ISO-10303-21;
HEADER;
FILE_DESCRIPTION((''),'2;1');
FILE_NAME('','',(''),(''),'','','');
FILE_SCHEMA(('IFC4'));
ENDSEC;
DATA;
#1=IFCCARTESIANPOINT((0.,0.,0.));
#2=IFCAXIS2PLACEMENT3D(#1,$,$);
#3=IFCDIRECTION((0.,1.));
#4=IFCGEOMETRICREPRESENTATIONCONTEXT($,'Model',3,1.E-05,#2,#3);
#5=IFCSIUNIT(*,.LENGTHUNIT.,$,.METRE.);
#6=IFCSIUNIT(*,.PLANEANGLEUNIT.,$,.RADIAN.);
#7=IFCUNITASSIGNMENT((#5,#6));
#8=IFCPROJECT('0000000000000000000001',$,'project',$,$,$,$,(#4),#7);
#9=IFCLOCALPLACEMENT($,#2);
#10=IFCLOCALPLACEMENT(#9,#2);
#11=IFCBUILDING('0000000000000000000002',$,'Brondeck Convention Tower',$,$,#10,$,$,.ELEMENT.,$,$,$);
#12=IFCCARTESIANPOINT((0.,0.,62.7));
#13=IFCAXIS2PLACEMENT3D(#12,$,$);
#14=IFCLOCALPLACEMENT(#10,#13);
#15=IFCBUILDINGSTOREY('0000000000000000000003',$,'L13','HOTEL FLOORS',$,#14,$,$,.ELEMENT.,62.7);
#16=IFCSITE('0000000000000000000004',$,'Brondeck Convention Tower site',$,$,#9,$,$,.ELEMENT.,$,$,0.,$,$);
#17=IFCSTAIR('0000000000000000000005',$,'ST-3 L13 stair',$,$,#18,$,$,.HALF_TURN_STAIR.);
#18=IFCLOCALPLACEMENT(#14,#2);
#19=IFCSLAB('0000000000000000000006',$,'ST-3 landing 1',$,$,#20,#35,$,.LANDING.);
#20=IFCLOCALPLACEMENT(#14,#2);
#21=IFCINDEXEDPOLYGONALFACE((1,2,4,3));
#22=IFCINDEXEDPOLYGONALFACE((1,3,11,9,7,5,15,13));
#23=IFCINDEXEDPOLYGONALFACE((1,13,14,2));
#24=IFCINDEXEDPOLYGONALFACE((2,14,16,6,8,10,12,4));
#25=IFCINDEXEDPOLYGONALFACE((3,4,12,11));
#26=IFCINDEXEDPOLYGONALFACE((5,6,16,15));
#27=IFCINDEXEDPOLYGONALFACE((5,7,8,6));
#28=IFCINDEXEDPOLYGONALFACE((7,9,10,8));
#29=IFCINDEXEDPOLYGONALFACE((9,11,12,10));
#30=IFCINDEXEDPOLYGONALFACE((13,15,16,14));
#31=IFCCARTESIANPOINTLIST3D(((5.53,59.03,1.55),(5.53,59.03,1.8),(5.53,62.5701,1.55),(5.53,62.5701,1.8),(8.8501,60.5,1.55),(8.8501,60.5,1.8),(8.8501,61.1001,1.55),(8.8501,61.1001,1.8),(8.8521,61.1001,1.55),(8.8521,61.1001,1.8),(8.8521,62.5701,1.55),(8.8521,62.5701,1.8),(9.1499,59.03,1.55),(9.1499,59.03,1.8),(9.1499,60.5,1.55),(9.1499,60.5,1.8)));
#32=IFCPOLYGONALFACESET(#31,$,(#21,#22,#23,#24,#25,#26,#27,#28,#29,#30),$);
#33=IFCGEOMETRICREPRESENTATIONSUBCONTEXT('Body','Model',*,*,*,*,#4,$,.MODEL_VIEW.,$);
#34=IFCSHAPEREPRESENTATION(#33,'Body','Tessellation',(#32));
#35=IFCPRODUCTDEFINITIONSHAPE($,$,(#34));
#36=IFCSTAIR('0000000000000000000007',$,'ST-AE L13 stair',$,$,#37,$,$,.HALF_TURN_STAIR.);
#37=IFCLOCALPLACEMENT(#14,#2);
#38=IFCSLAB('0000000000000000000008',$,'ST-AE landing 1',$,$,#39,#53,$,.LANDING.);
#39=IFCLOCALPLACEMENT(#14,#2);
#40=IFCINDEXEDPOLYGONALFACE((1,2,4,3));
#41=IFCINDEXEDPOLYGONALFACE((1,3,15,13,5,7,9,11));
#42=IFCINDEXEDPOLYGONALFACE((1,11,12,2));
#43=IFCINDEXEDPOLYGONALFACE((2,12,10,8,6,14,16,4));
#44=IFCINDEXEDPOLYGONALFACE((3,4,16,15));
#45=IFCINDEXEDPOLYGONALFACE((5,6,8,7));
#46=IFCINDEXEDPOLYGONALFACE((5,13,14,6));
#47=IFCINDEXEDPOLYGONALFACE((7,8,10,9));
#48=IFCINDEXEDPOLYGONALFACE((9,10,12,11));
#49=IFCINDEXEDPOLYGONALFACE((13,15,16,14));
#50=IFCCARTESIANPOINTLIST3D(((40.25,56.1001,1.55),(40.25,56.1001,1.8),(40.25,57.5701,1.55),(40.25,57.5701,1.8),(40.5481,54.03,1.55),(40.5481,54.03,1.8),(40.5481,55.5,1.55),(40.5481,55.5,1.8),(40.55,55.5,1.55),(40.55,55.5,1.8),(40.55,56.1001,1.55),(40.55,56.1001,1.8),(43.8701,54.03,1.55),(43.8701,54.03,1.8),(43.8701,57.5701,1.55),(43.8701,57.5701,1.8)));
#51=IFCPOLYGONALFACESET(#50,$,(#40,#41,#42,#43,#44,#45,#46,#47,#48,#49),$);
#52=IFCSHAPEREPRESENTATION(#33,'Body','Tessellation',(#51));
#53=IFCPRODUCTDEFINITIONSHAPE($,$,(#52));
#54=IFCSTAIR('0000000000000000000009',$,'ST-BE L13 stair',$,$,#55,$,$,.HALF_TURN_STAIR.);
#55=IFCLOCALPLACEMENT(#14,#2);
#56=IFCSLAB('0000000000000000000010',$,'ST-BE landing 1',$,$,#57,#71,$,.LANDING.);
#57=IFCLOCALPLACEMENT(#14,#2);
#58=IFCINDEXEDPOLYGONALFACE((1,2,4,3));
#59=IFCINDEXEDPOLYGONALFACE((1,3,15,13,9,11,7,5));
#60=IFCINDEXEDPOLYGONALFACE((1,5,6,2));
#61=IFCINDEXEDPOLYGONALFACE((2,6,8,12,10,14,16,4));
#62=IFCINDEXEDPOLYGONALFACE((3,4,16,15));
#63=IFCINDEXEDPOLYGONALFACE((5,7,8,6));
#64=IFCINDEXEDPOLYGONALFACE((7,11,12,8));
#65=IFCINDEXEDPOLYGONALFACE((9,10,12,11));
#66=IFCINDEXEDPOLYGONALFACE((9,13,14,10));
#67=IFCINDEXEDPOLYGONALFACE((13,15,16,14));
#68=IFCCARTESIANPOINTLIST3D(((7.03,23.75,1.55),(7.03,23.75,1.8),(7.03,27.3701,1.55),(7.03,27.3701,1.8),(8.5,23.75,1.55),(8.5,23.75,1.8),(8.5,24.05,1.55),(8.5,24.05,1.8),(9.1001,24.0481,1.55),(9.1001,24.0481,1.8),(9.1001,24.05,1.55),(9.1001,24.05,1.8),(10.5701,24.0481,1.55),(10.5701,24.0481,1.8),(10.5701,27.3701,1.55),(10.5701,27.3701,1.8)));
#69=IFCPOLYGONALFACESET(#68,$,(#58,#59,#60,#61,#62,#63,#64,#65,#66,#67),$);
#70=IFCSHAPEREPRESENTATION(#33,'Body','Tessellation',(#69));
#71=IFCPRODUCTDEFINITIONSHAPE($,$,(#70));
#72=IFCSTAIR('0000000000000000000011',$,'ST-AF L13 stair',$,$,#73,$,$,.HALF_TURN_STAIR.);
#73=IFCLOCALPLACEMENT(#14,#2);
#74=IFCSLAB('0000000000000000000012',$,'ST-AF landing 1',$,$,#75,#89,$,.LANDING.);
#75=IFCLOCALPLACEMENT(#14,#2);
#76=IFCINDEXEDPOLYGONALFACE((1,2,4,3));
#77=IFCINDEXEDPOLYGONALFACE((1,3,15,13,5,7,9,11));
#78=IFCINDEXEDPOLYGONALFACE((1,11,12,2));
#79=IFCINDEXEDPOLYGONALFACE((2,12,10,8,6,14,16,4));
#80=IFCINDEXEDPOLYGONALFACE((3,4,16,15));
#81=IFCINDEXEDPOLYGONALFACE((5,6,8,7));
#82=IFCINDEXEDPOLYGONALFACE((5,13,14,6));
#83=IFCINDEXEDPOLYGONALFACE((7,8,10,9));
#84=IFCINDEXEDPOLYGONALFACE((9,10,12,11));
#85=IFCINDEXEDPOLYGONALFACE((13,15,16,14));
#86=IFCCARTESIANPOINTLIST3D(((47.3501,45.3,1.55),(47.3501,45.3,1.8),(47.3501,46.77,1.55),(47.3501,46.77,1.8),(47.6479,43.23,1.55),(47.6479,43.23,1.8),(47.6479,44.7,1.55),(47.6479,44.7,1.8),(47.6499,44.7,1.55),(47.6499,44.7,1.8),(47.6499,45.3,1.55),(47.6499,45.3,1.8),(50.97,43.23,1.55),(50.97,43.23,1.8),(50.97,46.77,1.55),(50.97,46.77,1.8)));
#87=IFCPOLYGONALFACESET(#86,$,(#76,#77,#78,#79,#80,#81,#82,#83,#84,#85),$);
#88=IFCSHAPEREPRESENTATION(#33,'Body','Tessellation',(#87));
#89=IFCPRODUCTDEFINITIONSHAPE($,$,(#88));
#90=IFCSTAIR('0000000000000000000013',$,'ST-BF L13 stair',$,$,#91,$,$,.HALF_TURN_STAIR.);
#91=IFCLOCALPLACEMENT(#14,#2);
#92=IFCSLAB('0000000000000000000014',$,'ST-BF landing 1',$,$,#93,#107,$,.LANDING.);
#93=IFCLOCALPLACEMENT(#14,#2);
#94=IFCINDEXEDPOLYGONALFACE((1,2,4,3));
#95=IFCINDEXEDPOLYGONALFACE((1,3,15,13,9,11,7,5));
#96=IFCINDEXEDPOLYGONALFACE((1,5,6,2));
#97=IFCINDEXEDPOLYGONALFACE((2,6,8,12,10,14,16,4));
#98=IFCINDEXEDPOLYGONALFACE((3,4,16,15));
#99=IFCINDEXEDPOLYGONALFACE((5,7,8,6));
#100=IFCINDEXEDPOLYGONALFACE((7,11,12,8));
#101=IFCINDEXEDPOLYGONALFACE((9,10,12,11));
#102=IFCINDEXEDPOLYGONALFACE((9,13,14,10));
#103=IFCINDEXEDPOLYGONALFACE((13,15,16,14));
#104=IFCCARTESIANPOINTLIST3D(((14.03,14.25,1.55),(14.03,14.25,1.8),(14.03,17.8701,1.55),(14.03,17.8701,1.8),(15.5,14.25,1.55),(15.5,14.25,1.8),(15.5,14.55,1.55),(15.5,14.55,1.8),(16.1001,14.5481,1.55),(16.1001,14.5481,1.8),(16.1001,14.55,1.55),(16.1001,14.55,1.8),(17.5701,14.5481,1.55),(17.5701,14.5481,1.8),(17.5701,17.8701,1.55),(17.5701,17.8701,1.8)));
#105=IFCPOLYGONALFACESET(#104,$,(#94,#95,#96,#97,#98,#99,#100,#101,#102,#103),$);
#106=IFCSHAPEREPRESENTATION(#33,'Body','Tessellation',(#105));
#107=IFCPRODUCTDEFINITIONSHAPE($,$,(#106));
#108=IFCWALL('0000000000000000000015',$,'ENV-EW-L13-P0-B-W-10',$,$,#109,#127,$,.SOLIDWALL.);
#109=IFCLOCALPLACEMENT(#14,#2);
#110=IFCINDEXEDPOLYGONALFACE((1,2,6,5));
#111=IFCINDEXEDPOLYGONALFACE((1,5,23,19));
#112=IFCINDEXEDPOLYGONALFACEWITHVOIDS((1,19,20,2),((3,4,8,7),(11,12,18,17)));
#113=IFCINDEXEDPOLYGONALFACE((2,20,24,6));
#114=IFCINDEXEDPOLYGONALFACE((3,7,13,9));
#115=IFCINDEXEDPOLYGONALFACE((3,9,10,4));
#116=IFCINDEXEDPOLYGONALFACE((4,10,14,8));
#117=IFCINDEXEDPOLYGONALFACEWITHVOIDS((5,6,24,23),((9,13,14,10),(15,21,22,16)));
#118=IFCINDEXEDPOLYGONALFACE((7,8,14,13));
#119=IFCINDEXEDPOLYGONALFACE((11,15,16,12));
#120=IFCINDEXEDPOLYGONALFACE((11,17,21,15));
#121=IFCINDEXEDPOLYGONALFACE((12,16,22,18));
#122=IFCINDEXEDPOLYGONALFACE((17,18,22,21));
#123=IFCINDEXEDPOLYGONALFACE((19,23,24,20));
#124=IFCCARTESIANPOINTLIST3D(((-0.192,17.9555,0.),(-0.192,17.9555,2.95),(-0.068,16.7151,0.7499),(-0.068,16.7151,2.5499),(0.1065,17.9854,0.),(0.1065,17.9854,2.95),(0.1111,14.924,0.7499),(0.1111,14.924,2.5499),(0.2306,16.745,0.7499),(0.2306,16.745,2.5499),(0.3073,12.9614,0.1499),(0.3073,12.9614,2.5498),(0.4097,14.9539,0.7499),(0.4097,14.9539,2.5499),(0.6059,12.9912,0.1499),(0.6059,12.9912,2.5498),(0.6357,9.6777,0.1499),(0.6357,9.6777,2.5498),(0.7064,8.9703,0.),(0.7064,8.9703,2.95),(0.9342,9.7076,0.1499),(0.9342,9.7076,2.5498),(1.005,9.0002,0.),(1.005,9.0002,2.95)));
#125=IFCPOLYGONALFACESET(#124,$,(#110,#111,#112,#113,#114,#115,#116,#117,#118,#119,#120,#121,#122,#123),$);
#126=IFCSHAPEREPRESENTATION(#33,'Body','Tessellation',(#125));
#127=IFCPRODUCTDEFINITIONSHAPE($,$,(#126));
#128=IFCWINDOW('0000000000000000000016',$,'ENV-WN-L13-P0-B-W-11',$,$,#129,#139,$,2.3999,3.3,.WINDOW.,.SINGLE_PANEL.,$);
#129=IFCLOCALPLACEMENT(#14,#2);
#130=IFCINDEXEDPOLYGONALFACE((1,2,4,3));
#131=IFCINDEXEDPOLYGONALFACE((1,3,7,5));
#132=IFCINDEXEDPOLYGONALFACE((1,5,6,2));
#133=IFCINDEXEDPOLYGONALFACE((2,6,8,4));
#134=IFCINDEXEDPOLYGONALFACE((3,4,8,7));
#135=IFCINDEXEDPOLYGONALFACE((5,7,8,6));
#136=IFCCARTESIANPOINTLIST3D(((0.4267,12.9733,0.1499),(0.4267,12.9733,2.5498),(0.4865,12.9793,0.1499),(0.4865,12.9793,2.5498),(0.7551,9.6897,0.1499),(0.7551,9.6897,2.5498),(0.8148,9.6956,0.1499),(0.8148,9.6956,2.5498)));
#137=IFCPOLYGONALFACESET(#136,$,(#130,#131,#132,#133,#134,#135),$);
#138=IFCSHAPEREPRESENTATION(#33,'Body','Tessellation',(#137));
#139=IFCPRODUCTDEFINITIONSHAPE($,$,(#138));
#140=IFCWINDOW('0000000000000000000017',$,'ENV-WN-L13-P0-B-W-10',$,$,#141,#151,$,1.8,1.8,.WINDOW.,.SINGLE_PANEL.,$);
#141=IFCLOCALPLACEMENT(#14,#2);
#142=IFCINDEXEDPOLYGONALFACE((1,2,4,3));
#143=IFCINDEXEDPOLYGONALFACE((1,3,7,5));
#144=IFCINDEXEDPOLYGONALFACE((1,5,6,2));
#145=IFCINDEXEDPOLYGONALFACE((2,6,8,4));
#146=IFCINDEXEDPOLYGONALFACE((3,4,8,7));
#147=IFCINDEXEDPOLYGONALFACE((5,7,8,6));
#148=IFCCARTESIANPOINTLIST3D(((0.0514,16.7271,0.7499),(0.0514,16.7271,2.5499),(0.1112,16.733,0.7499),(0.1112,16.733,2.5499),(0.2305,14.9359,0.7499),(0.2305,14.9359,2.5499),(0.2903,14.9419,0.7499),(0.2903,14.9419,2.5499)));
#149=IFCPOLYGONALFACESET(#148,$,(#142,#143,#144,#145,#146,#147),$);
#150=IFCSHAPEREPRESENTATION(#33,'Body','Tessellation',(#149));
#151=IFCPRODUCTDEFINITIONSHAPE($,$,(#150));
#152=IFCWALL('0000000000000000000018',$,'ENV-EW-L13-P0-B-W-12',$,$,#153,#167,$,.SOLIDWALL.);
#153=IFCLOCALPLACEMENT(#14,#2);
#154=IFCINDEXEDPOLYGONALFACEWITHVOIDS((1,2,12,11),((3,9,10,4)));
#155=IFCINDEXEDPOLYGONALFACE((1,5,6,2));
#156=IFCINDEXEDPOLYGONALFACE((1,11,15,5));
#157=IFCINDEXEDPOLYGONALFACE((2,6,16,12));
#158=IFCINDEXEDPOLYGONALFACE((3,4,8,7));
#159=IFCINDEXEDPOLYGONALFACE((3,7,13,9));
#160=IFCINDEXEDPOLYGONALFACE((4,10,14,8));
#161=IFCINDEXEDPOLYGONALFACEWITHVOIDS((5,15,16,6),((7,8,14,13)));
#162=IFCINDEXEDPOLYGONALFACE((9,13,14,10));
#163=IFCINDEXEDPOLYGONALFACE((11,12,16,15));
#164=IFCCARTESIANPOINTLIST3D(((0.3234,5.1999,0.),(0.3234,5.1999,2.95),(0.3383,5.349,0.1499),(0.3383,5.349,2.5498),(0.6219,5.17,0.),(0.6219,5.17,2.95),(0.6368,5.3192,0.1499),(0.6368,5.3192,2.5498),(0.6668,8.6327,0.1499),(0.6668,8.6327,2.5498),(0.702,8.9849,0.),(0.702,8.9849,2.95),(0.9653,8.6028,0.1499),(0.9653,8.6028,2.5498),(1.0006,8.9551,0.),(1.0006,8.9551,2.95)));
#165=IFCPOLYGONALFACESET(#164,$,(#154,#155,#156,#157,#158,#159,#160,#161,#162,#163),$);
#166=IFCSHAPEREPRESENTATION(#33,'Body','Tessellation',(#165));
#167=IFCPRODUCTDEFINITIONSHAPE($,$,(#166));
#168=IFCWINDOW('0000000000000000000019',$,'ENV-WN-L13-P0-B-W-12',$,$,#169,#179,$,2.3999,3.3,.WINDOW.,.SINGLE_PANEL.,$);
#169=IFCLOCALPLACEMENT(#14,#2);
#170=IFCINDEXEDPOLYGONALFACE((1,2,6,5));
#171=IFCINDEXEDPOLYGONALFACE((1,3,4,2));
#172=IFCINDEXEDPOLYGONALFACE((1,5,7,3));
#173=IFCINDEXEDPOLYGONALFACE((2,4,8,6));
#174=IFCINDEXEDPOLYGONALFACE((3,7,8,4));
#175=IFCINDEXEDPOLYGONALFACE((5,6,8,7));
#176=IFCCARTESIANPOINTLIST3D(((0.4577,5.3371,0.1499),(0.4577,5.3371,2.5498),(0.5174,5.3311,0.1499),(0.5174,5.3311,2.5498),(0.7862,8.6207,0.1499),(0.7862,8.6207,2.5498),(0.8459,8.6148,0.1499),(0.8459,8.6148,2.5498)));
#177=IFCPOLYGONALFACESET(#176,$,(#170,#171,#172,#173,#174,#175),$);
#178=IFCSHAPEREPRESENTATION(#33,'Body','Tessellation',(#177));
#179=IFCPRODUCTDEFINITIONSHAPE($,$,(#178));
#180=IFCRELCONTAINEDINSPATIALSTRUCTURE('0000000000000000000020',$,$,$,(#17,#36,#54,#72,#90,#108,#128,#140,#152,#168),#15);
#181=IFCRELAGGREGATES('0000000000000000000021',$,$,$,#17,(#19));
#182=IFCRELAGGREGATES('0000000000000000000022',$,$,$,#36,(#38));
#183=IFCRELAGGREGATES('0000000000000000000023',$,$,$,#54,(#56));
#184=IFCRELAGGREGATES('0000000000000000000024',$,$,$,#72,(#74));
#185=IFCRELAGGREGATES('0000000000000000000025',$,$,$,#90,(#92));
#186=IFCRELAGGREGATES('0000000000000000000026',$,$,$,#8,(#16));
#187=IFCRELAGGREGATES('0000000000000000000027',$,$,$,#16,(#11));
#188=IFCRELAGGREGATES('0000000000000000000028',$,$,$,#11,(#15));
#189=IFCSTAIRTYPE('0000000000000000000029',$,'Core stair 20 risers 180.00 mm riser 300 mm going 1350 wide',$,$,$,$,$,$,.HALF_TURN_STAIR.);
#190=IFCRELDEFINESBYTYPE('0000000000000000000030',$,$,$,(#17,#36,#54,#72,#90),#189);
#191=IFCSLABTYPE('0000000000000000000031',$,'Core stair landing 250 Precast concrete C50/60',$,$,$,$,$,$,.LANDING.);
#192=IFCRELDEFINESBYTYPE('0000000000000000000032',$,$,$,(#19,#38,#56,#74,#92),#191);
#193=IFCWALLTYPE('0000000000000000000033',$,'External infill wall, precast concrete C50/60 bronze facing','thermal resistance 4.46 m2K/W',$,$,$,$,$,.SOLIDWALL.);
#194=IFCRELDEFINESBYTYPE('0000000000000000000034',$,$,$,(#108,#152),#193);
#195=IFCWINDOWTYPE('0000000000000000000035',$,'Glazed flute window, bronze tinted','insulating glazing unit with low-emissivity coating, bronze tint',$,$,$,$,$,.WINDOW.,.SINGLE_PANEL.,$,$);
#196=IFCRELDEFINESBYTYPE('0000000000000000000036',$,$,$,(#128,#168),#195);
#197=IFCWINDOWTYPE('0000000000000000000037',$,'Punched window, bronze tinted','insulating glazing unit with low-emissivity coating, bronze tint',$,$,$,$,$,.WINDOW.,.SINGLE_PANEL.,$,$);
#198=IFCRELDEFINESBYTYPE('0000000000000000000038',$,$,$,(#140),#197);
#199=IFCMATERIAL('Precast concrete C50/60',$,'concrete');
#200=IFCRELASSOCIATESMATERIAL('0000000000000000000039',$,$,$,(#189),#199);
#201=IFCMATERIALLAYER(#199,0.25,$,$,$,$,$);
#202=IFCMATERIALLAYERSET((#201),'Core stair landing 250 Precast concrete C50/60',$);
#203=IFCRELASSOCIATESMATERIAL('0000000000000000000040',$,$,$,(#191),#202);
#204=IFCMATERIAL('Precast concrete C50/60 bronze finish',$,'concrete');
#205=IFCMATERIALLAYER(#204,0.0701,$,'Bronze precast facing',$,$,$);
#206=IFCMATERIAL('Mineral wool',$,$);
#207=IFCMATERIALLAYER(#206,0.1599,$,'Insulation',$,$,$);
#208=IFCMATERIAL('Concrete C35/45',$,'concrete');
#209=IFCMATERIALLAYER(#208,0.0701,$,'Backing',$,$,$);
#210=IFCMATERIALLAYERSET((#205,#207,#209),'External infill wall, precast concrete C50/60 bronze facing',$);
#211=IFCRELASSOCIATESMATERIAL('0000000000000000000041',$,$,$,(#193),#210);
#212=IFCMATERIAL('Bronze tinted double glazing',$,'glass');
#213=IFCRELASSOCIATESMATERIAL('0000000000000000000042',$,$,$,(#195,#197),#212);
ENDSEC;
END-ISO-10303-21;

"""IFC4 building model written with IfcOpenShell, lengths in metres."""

from ifc_helpers import new_model, si_unit, direction, frame, frame_2d, origin, place, context, subcontext, project, spatial, polyline, rectangle, outline, extrude, material, layer, layer_set, type_object, element, fill, aggregate, save


model = new_model("IFC4")

# Units and contexts
model_context = context("Model", 3, precision=1e-05, world=origin(), true_north=direction((0.0, 1.0)))
body_context = subcontext(model_context, "Body", "Model", "MODEL_VIEW")
ifc_project = project(units=[si_unit("LENGTHUNIT", "METRE"), si_unit("PLANEANGLEUNIT", "RADIAN")], contexts=[model_context])

# Site, building, storey
site_placement = place(None, origin())
site = spatial("IfcSite", under=ifc_project, at=site_placement, Name="Brondeck Convention Tower site", CompositionType="ELEMENT", RefElevation=0.0)
building_placement = place(site_placement, origin())
building = spatial("IfcBuilding", under=site, at=building_placement, Name="Brondeck Convention Tower", CompositionType="ELEMENT")
storey_placement = place(building_placement, frame((0.0, 0.0, 62.7)))
storey = spatial("IfcBuildingStorey", under=building, at=storey_placement, Name="L13", Description="HOTEL FLOORS", CompositionType="ELEMENT", Elevation=62.7)

# Shared definitions
ifc_material_1 = material(Name="Concrete C35/45", Category="concrete")

# Stairs, slabs
ifc_material_2 = material(Name="Precast concrete C50/60", Category="concrete")
stair_type = type_object("IfcStairType", Name="Core stair 20 risers 180.00 mm riser 300 mm going 1350 wide", PredefinedType="HALF_TURN_STAIR", material=ifc_material_2)
ifc_layer_1 = layer(ifc_material_2, 0.25)
ifc_layer_set_1 = layer_set([ifc_layer_1], Name="Core stair landing 250 Precast concrete C50/60")
slab_type_1 = type_object("IfcSlabType", Name="Core stair landing 250 Precast concrete C50/60", PredefinedType="LANDING", material=ifc_layer_set_1)
stair_1_placement = place(storey_placement, origin())
stair_1 = element("IfcStair", 1, at=stair_1_placement, inside=storey, type_object=stair_type, Name="ST-3 L13 stair", PredefinedType="HALF_TURN_STAIR")
slab_1_placement = place(storey_placement, frame((0.0, 0.0, 1.55)))
slab_1 = element("IfcSlab", 2, at=slab_1_placement, type_object=slab_type_1, Name="ST-3 landing 1", PredefinedType="LANDING", context=body_context, shape_type="SweptSolid", body=[
    extrude(outline(polyline([(9.1499, 60.5), (9.1499, 59.03), (5.53, 59.03), (5.53, 62.5701), (8.8521, 62.5701), (8.8521, 61.1001), (8.8501, 61.1001), (8.8501, 60.5), (9.1499, 60.5)])), origin(), (0.0, 0.0, 1.0), 0.25),
])
aggregate(stair_1, [slab_1])
stair_2_placement = place(storey_placement, origin())
stair_2 = element("IfcStair", 3, at=stair_2_placement, inside=storey, type_object=stair_type, Name="ST-AE L13 stair", PredefinedType="HALF_TURN_STAIR")
slab_2_placement = place(storey_placement, frame((0.0, 0.0, 1.55)))
slab_2 = element("IfcSlab", 4, at=slab_2_placement, type_object=slab_type_1, Name="ST-AE landing 1", PredefinedType="LANDING", context=body_context, shape_type="SweptSolid", body=[
    extrude(outline(polyline([(40.5481, 55.5), (40.55, 55.5), (40.55, 56.1001), (40.25, 56.1001), (40.25, 57.5701), (43.8701, 57.5701), (43.8701, 54.03), (40.5481, 54.03), (40.5481, 55.5)])), origin(), (0.0, 0.0, 1.0), 0.25),
])
aggregate(stair_2, [slab_2])
stair_3_placement = place(storey_placement, origin())
stair_3 = element("IfcStair", 5, at=stair_3_placement, inside=storey, type_object=stair_type, Name="ST-BE L13 stair", PredefinedType="HALF_TURN_STAIR")
slab_3_placement = place(storey_placement, frame((0.0, 0.0, 1.55)))
slab_3 = element("IfcSlab", 6, at=slab_3_placement, type_object=slab_type_1, Name="ST-BE landing 1", PredefinedType="LANDING", context=body_context, shape_type="SweptSolid", body=[
    extrude(outline(polyline([(7.03, 23.75), (7.03, 27.3701), (10.5701, 27.3701), (10.5701, 24.0481), (9.1001, 24.0481), (9.1001, 24.05), (8.5, 24.05), (8.5, 23.75), (7.03, 23.75)])), origin(), (0.0, 0.0, 1.0), 0.25),
])
aggregate(stair_3, [slab_3])
stair_4_placement = place(storey_placement, origin())
stair_4 = element("IfcStair", 7, at=stair_4_placement, inside=storey, type_object=stair_type, Name="ST-AF L13 stair", PredefinedType="HALF_TURN_STAIR")
slab_4_placement = place(storey_placement, frame((0.0, 0.0, 1.55)))
slab_4 = element("IfcSlab", 8, at=slab_4_placement, type_object=slab_type_1, Name="ST-AF landing 1", PredefinedType="LANDING", context=body_context, shape_type="SweptSolid", body=[
    extrude(outline(polyline([(47.6479, 44.7), (47.6499, 44.7), (47.6499, 45.3), (47.3501, 45.3), (47.3501, 46.77), (50.97, 46.77), (50.97, 43.23), (47.6479, 43.23), (47.6479, 44.7)])), origin(), (0.0, 0.0, 1.0), 0.25),
])
aggregate(stair_4, [slab_4])
stair_5_placement = place(storey_placement, origin())
stair_5 = element("IfcStair", 9, at=stair_5_placement, inside=storey, type_object=stair_type, Name="ST-BF L13 stair", PredefinedType="HALF_TURN_STAIR")
slab_5_placement = place(storey_placement, frame((0.0, 0.0, 1.55)))
slab_5 = element("IfcSlab", 10, at=slab_5_placement, type_object=slab_type_1, Name="ST-BF landing 1", PredefinedType="LANDING", context=body_context, shape_type="SweptSolid", body=[
    extrude(outline(polyline([(14.03, 14.25), (14.03, 17.8701), (17.5701, 17.8701), (17.5701, 14.5481), (16.1001, 14.5481), (16.1001, 14.55), (15.5, 14.55), (15.5, 14.25), (14.03, 14.25)])), origin(), (0.0, 0.0, 1.0), 0.25),
])
aggregate(stair_5, [slab_5])

# Wall, openings, windows
ifc_material_3 = material(Name="Precast concrete C50/60 bronze finish", Category="concrete")
ifc_layer_2 = layer(ifc_material_3, 0.0701, Name="Bronze precast facing")
ifc_material_4 = material(Name="Mineral wool")
ifc_layer_3 = layer(ifc_material_4, 0.1599, Name="Insulation")
ifc_layer_4 = layer(ifc_material_1, 0.0701, Name="Backing")
ifc_layer_set_2 = layer_set([ifc_layer_2, ifc_layer_3, ifc_layer_4], Name="External infill wall, precast concrete C50/60 bronze facing")
wall_type_1 = type_object("IfcWallType", Name="External infill wall, precast concrete C50/60 bronze facing", Description="thermal resistance 4.46 m2K/W", PredefinedType="SOLIDWALL", material=ifc_layer_set_2)
wall_1_placement = place(storey_placement, frame((0.8557, 8.9851, 0.0), z_axis=(0.0, 0.0, 1.0), x_axis=(-0.099496, 0.995038, 0.0)))
wall_1 = element("IfcWall", 11, at=wall_1_placement, inside=storey, type_object=wall_type_1, Name="ENV-EW-L13-P0-B-W-10", PredefinedType="SOLIDWALL", context=body_context, shape_type="SweptSolid", body=[
    extrude(rectangle(XDim=9.03, YDim=0.3, at=frame_2d((4.5151, 0.0))), origin(), (0.0, 0.0, 1.0), 2.95),
])
opening_1_placement = place(wall_1_placement, frame((0.7112, 0.0, 0.1499)))
opening_1 = element("IfcOpeningElement", 12, at=opening_1_placement, cuts=wall_1, PredefinedType="OPENING", context=body_context, shape_type="SweptSolid", body=[
    extrude(rectangle(XDim=3.3, YDim=2.3999, at=frame_2d((1.6499, 1.2))), frame((0.0, 0.1599, 0.0), z_axis=(0.0, -1.0, 0.0), x_axis=(1.0, 0.0, 0.0)), (0.0, 0.0, 1.0), 0.3201),
])
opening_2_placement = place(wall_1_placement, frame((5.9836, 0.0, 0.75)))
opening_2 = element("IfcOpeningElement", 13, at=opening_2_placement, cuts=wall_1, PredefinedType="OPENING", context=body_context, shape_type="SweptSolid", body=[
    extrude(rectangle(XDim=1.8, YDim=1.8, at=frame_2d((0.8999, 0.8999))), frame((0.0, 0.1599, 0.0), z_axis=(0.0, -1.0, 0.0), x_axis=(1.0, 0.0, 0.0)), (0.0, 0.0, 1.0), 0.3201),
])
ifc_material_5 = material(Name="Bronze tinted double glazing", Category="glass")
window_type_1 = type_object("IfcWindowType", Name="Glazed flute window, bronze tinted", Description="insulating glazing unit with low-emissivity coating, bronze tint", PartitioningType="SINGLE_PANEL", PredefinedType="WINDOW", material=ifc_material_5)
window_1_placement = place(opening_1_placement, origin())
window_1 = element("IfcWindow", 14, at=window_1_placement, inside=storey, type_object=window_type_1, Name="ENV-WN-L13-P0-B-W-11", OverallHeight=2.3999, OverallWidth=3.3, PartitioningType="SINGLE_PANEL", PredefinedType="WINDOW", context=body_context, shape_type="SweptSolid", body=[
    extrude(rectangle(XDim=3.3, YDim=2.3999, at=frame_2d((1.6499, 1.2))), frame((0.0, 0.03, 0.0), z_axis=(0.0, -1.0, 0.0), x_axis=(1.0, 0.0, 0.0)), (0.0, 0.0, 1.0), 0.0601),
])
fill(opening_1, window_1)
window_type_2 = type_object("IfcWindowType", Name="Punched window, bronze tinted", Description="insulating glazing unit with low-emissivity coating, bronze tint", PartitioningType="SINGLE_PANEL", PredefinedType="WINDOW", material=ifc_material_5)
window_2_placement = place(opening_2_placement, origin())
window_2 = element("IfcWindow", 15, at=window_2_placement, inside=storey, type_object=window_type_2, Name="ENV-WN-L13-P0-B-W-10", OverallHeight=1.8, OverallWidth=1.8, PartitioningType="SINGLE_PANEL", PredefinedType="WINDOW", context=body_context, shape_type="SweptSolid", body=[
    extrude(rectangle(XDim=1.8, YDim=1.8, at=frame_2d((0.8999, 0.8999))), frame((0.0, 0.03, 0.0), z_axis=(0.0, -1.0, 0.0), x_axis=(1.0, 0.0, 0.0)), (0.0, 0.0, 1.0), 0.0601),
])
fill(opening_2, window_2)

# Wall, opening, window
wall_2_placement = place(storey_placement, frame((0.4727, 5.1851, 0.0), z_axis=(0.0, 0.0, 1.0), x_axis=(0.099542, 0.995033, 0.0)))
wall_2 = element("IfcWall", 16, at=wall_2_placement, inside=storey, type_object=wall_type_1, Name="ENV-EW-L13-P0-B-W-12", PredefinedType="SOLIDWALL", context=body_context, shape_type="SweptSolid", body=[
    extrude(rectangle(XDim=3.804, YDim=0.3, at=frame_2d((1.9019, 0.0))), origin(), (0.0, 0.0, 1.0), 2.95),
])
opening_3_placement = place(wall_2_placement, frame((0.1499, 0.0, 0.1499)))
opening_3 = element("IfcOpeningElement", 17, at=opening_3_placement, cuts=wall_2, PredefinedType="OPENING", context=body_context, shape_type="SweptSolid", body=[
    extrude(rectangle(XDim=3.3, YDim=2.3999, at=frame_2d((1.6499, 1.2))), frame((0.0, 0.1599, 0.0), z_axis=(0.0, -1.0, 0.0), x_axis=(1.0, 0.0, 0.0)), (0.0, 0.0, 1.0), 0.3201),
])
window_3_placement = place(opening_3_placement, origin())
window_3 = element("IfcWindow", 18, at=window_3_placement, inside=storey, type_object=window_type_1, Name="ENV-WN-L13-P0-B-W-12", OverallHeight=2.3999, OverallWidth=3.3, PartitioningType="SINGLE_PANEL", PredefinedType="WINDOW", context=body_context, shape_type="SweptSolid", body=[
    extrude(rectangle(XDim=3.3, YDim=2.3999, at=frame_2d((1.6499, 1.2))), frame((0.0, 0.03, 0.0), z_axis=(0.0, -1.0, 0.0), x_axis=(1.0, 0.0, 0.0)), (0.0, 0.0, 1.0), 0.0601),
])
fill(opening_3, window_3)

save(model, "model.ifc")
